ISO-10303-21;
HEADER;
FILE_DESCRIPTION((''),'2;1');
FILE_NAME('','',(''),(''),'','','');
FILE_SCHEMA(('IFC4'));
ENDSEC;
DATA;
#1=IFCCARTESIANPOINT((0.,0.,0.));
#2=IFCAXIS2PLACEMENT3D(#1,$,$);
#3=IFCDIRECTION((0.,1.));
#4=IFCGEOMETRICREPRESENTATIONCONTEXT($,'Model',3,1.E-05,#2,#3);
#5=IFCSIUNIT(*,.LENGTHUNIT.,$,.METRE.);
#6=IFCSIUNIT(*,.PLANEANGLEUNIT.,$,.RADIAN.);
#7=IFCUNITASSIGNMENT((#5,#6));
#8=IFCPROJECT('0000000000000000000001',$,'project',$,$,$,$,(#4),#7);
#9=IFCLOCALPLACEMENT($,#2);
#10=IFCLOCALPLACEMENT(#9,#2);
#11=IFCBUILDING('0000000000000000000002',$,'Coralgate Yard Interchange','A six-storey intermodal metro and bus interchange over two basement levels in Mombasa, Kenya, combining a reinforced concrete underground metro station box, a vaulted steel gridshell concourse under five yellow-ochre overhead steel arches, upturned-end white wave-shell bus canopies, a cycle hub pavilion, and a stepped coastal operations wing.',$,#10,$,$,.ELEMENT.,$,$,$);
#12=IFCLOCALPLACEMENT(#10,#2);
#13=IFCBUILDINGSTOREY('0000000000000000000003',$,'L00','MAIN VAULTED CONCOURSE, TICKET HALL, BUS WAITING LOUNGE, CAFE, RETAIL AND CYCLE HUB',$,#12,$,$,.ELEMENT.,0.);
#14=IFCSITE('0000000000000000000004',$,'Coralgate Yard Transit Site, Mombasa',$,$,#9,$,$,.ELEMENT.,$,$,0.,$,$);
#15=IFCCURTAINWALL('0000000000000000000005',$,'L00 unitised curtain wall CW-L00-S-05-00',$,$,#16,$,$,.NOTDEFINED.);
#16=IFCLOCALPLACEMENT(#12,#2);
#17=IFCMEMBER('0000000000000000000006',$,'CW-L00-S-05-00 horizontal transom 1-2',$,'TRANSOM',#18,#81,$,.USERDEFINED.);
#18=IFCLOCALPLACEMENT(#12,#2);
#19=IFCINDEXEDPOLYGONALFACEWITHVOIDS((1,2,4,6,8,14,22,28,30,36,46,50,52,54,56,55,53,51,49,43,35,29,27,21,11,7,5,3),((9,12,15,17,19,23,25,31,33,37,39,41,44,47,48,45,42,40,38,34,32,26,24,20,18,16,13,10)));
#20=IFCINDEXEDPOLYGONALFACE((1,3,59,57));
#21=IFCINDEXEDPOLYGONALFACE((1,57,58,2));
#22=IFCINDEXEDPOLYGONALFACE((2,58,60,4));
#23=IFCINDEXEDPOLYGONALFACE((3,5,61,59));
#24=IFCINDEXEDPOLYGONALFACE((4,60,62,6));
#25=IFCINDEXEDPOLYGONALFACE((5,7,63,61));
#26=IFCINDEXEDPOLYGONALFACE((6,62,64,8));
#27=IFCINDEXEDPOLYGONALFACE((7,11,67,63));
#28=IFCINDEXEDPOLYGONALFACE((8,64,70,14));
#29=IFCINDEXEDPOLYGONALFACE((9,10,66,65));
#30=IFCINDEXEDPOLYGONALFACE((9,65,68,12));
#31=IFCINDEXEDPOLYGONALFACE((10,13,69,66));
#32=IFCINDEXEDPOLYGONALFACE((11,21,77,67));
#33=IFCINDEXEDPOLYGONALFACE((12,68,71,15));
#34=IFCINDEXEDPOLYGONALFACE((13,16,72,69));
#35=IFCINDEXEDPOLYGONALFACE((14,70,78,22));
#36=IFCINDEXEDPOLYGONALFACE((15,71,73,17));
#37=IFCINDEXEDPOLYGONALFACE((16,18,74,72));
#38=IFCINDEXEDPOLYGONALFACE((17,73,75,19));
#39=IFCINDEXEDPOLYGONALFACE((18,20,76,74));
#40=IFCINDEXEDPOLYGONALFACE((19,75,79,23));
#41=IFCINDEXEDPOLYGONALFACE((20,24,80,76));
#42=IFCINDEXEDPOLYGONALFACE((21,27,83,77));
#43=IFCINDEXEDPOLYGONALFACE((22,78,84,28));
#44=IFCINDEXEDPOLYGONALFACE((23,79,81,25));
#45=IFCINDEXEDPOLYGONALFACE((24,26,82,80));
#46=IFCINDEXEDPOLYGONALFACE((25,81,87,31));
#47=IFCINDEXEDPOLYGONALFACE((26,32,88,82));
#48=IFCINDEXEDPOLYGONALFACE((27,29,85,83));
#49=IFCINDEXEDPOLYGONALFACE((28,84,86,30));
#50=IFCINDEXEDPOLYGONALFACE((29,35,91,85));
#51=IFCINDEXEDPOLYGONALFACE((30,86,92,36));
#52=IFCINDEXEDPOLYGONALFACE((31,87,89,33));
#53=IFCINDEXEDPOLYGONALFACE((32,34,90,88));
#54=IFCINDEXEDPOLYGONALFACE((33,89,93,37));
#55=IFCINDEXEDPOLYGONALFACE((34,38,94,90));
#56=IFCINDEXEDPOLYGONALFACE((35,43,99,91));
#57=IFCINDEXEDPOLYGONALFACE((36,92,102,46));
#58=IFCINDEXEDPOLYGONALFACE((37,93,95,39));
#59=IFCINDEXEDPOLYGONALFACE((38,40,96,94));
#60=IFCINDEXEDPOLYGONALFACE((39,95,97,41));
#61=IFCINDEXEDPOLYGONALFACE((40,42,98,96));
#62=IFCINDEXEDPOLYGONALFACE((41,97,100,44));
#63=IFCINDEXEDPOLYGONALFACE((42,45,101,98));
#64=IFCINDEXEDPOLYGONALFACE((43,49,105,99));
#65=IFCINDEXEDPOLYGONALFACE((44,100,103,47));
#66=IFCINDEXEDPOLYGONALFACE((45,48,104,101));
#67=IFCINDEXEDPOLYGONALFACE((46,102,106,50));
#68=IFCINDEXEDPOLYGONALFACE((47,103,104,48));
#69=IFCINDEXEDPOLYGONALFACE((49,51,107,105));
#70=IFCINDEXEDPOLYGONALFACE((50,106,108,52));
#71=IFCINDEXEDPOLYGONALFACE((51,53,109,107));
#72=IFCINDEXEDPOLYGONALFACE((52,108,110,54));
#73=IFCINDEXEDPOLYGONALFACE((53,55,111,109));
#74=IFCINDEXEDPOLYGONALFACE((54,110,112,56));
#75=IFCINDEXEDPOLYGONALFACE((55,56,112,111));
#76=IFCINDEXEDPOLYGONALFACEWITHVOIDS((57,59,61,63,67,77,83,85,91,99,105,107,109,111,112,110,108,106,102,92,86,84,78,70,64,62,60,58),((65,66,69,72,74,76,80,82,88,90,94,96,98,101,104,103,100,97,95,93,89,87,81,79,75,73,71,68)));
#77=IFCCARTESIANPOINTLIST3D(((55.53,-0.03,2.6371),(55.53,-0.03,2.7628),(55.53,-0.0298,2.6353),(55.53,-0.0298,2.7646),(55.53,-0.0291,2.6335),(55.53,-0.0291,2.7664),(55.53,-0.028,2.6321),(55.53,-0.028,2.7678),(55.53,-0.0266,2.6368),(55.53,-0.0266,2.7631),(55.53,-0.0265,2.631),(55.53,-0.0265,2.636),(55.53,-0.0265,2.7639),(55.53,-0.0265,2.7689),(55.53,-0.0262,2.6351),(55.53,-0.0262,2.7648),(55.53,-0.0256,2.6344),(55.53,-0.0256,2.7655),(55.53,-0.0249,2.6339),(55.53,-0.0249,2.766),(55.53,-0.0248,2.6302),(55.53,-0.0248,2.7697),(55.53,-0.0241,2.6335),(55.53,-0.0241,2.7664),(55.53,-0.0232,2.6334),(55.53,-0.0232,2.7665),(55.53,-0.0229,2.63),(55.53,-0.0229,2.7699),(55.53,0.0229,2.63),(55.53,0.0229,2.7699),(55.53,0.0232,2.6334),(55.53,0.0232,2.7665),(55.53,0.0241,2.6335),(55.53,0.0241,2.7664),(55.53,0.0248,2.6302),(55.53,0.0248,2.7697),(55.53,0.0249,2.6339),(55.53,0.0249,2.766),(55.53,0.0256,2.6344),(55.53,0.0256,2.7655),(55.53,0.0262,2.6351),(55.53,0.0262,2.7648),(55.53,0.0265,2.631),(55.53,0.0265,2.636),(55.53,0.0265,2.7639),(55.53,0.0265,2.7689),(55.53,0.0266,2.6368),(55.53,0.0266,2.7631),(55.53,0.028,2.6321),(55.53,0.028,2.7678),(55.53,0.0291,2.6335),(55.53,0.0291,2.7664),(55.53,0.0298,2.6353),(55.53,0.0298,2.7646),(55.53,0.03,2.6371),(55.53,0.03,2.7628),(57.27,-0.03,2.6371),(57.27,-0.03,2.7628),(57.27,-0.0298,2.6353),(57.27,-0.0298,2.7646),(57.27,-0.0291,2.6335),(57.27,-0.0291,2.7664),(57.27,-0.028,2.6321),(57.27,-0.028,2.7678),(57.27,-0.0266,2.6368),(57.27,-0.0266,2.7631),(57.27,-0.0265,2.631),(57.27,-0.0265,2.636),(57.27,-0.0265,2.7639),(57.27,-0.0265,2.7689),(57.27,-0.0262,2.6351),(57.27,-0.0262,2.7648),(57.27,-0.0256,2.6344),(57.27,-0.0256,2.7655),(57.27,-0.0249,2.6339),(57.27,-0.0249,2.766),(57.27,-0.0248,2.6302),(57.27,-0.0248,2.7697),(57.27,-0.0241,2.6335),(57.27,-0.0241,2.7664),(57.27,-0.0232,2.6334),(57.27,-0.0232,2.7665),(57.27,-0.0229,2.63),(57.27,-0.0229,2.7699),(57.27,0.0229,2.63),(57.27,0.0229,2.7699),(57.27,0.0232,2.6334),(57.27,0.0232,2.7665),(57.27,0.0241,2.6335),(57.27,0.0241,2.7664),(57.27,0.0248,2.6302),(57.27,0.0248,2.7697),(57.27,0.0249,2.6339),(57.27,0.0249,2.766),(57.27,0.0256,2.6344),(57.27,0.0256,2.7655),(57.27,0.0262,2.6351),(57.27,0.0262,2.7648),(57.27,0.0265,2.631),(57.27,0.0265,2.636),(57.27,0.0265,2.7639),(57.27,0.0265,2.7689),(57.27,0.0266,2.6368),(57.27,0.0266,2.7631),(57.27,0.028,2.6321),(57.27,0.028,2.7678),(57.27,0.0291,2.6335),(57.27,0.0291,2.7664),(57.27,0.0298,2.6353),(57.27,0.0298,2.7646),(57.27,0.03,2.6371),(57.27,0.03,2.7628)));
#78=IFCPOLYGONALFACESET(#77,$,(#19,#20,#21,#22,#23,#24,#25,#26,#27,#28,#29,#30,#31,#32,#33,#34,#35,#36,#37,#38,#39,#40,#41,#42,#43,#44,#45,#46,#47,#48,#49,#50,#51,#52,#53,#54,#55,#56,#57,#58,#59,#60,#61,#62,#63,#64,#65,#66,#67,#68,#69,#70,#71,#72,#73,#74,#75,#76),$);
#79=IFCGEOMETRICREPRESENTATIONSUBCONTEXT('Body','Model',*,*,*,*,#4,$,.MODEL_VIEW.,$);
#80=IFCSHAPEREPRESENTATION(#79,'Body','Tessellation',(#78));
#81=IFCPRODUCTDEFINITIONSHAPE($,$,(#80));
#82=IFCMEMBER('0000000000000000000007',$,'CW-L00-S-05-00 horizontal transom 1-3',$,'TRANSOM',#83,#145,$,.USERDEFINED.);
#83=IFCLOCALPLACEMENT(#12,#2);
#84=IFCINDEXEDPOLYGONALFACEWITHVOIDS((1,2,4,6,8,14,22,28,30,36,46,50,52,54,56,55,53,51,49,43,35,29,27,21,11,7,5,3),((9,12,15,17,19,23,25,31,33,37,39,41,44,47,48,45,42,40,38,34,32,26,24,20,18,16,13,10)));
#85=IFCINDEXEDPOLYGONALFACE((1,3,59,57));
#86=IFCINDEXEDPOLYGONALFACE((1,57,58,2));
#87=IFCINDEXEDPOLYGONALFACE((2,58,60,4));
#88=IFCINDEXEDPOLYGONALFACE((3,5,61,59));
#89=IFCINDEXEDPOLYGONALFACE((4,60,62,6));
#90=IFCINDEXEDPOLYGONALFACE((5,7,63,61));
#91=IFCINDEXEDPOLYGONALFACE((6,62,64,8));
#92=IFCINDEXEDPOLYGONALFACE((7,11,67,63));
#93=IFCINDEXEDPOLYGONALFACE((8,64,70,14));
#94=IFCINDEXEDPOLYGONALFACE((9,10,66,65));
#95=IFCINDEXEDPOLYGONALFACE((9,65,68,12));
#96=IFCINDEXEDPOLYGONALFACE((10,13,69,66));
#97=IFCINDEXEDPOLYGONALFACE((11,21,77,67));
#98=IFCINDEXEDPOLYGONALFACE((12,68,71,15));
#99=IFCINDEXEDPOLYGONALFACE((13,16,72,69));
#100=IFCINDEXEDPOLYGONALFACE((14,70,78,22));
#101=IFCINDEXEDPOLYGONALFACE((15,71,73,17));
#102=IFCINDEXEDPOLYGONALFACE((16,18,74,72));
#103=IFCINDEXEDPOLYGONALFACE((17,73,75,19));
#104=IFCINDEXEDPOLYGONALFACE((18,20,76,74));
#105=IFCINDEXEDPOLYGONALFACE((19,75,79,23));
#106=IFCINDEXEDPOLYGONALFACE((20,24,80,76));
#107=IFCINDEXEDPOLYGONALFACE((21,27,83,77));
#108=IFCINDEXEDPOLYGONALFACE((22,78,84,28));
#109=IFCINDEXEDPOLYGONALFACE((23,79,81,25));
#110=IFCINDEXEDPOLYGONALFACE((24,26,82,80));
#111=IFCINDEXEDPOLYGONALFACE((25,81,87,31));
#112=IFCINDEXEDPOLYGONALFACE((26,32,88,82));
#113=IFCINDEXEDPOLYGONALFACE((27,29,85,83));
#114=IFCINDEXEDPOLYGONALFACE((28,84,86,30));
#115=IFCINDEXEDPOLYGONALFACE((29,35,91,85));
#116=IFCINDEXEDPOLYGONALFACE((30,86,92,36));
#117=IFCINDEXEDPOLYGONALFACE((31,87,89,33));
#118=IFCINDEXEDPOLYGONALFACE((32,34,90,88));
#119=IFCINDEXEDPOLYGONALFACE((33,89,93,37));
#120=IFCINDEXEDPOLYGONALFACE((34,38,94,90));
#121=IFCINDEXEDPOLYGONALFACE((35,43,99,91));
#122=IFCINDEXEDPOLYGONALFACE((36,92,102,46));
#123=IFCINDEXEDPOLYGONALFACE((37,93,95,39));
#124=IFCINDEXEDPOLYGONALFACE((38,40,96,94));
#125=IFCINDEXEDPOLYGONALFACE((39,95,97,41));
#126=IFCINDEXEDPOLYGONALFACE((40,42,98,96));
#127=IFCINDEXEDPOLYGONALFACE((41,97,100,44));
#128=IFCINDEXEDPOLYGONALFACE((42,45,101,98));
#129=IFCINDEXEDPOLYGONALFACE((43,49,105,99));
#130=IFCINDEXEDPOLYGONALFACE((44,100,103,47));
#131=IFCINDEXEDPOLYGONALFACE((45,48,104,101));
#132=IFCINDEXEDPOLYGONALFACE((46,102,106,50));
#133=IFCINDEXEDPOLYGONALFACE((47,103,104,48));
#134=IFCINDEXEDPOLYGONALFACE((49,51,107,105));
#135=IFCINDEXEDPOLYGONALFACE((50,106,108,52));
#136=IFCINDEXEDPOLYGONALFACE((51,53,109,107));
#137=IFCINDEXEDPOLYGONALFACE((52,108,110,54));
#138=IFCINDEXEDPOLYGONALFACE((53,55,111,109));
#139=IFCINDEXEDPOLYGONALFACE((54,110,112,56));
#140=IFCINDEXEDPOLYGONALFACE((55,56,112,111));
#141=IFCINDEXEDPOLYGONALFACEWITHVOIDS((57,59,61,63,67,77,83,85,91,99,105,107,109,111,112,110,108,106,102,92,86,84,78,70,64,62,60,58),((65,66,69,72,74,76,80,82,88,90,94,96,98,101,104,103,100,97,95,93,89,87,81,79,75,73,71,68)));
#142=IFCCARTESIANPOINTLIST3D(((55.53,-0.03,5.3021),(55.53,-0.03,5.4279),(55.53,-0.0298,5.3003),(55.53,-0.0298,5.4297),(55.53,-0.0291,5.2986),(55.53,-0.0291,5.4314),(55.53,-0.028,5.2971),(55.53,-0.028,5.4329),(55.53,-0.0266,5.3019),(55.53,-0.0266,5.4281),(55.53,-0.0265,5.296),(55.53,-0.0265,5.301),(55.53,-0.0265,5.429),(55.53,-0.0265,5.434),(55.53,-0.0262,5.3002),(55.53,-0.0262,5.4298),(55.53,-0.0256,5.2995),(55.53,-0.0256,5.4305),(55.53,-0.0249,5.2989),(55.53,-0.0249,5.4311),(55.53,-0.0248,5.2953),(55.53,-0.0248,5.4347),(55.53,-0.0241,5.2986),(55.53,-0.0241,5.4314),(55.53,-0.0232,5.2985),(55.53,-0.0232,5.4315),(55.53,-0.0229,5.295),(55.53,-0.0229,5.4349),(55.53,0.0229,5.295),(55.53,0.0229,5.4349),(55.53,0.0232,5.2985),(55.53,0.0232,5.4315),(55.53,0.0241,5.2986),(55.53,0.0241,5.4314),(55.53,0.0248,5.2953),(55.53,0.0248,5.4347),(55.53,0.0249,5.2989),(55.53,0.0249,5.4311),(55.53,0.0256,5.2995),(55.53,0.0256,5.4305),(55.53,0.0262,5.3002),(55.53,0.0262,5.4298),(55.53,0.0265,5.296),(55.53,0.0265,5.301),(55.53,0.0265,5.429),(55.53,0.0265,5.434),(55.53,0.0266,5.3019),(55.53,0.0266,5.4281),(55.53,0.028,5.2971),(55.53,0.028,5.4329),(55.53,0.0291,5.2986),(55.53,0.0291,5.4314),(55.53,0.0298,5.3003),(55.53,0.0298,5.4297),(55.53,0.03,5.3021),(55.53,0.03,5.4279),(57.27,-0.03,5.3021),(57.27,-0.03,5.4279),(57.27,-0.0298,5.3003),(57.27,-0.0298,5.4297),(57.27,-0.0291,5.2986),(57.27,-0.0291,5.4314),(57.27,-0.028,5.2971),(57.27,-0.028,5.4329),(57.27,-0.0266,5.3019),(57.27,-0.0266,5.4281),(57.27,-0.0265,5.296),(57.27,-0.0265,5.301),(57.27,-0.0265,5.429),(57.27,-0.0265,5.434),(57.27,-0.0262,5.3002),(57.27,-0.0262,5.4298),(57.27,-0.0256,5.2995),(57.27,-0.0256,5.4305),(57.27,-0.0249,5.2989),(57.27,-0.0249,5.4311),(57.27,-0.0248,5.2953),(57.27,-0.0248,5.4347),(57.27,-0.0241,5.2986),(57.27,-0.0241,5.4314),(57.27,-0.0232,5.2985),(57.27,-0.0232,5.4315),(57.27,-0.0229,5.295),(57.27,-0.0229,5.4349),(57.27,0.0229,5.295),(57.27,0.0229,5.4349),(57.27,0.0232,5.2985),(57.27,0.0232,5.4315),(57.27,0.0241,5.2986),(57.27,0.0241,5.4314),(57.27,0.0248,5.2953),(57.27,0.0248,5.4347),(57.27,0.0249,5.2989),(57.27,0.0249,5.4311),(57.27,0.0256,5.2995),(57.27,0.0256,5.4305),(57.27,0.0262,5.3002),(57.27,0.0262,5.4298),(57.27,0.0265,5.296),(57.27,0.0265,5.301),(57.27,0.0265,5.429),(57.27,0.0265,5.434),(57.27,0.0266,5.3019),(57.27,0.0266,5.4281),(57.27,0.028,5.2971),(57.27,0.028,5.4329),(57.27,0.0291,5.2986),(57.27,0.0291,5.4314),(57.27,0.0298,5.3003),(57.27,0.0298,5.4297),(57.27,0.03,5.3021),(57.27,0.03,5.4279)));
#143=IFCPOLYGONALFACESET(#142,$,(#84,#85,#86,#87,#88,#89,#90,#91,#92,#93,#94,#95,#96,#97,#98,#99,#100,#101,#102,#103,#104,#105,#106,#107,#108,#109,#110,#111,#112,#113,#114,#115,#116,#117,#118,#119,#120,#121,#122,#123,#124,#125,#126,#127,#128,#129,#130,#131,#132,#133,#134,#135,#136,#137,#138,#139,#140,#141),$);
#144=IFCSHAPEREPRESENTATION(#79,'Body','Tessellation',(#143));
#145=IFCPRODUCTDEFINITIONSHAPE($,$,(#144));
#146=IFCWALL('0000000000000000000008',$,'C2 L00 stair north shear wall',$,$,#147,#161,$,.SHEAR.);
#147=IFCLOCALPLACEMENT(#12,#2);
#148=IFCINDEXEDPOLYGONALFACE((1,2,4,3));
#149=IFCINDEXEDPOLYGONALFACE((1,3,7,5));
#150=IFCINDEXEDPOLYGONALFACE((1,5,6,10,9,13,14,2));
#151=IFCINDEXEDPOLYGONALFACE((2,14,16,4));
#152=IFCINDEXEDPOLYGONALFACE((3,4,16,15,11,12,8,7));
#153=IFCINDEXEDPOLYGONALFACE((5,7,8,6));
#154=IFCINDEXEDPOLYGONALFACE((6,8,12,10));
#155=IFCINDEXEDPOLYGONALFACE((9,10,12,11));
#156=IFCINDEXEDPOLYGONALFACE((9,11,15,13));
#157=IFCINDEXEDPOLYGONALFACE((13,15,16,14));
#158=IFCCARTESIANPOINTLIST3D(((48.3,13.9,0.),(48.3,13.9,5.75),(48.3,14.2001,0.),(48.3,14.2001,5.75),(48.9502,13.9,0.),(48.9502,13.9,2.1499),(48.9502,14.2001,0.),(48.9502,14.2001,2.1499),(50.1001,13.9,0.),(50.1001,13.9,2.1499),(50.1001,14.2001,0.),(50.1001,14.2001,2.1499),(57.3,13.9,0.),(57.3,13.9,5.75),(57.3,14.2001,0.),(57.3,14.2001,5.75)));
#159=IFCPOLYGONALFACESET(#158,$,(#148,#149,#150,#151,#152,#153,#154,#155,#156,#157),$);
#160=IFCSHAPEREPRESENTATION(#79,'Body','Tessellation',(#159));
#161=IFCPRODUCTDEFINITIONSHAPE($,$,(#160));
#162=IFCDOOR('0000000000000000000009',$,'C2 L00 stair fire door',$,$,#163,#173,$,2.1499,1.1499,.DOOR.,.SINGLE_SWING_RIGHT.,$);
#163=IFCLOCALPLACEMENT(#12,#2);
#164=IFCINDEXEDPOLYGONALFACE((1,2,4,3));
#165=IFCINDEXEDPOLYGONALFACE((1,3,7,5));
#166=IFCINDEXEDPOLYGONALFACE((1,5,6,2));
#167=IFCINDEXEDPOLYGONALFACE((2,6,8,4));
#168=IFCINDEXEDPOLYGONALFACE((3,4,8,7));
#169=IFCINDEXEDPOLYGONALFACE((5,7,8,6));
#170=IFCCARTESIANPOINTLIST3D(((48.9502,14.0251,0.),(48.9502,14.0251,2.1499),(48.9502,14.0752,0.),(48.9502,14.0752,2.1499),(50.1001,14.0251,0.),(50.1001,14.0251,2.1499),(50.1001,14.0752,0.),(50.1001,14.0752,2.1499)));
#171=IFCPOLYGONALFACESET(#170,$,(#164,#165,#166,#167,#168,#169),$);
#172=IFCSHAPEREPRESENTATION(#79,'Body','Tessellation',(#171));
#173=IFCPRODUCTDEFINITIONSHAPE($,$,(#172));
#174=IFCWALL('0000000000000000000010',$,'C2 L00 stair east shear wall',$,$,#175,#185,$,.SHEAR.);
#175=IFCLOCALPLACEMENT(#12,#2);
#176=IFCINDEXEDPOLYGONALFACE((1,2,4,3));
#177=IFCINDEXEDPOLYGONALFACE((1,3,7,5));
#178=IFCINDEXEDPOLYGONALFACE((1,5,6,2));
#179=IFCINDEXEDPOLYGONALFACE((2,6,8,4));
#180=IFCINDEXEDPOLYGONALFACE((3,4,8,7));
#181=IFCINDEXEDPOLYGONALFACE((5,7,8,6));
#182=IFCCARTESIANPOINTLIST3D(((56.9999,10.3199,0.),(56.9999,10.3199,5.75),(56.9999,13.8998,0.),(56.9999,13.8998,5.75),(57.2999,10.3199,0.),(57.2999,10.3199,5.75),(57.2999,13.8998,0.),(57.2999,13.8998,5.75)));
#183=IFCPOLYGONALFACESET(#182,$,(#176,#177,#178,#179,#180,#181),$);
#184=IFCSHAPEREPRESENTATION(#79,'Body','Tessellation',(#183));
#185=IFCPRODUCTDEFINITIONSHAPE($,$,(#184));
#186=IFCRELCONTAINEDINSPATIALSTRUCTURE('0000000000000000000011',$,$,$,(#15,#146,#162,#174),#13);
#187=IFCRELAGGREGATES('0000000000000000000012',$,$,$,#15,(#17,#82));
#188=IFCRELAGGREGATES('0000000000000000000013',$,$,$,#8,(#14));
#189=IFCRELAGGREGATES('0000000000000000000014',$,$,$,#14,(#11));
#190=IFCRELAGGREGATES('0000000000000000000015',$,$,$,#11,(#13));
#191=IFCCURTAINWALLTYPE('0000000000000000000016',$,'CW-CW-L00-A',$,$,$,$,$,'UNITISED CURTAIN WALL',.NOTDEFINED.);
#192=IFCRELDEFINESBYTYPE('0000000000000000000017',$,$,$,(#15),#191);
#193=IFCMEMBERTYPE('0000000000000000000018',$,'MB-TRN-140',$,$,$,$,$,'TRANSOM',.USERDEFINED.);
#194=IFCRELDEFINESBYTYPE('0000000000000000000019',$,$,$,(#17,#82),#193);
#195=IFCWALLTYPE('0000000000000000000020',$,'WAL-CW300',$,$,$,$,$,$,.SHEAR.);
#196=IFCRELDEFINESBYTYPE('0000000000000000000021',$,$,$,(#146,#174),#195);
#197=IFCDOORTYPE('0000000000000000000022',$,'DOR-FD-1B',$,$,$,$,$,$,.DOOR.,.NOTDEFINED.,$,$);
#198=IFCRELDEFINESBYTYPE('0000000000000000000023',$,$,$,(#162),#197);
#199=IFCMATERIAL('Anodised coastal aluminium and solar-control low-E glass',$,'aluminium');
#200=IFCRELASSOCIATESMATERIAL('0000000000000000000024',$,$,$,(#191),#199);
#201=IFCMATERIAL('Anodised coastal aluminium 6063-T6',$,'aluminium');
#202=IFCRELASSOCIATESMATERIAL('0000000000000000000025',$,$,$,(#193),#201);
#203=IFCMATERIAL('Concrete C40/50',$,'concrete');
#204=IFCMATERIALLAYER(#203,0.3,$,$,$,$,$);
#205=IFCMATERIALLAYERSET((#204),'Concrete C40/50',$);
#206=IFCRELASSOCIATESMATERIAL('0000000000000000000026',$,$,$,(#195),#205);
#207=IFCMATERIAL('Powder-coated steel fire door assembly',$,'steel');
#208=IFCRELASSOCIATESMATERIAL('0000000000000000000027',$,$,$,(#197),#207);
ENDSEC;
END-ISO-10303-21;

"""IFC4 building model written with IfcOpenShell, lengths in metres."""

from ifc_helpers import new_model, si_unit, direction, frame, frame_2d, origin, origin_2d, place, context, subcontext, project, spatial, rectangle, hollow_rectangle, extrude, material, layer, layer_set, material_profile, profile_set, type_object, element, fill, aggregate, save


model = new_model("IFC4")

# Units and contexts
model_context = context("Model", 3, precision=1e-05, world=origin(), true_north=direction((0.0, 1.0)))
body_context = subcontext(model_context, "Body", "Model", "MODEL_VIEW")
ifc_project = project(units=[si_unit("LENGTHUNIT", "METRE"), si_unit("PLANEANGLEUNIT", "RADIAN")], contexts=[model_context])

# Site, building, storey
site_placement = place(None, origin())
site = spatial("IfcSite", under=ifc_project, at=site_placement, Name="Coralgate Yard Transit Site, Mombasa", CompositionType="ELEMENT", RefElevation=0.0)
building_placement = place(site_placement, origin())
building = spatial("IfcBuilding", under=site, at=building_placement, Name="Coralgate Yard Interchange", Description="A six-storey intermodal metro and bus interchange over two basement levels in Mombasa, Kenya, combining a reinforced concrete underground metro station box, a vaulted steel gridshell concourse under five yellow-ochre overhead steel arches, upturned-end white wave-shell bus canopies, a cycle hub pavilion, and a stepped coastal operations wing.", CompositionType="ELEMENT")
storey_placement = place(building_placement, origin())
storey = spatial("IfcBuildingStorey", under=building, at=storey_placement, Name="L00", Description="MAIN VAULTED CONCOURSE, TICKET HALL, BUS WAITING LOUNGE, CAFE, RETAIL AND CYCLE HUB", CompositionType="ELEMENT", Elevation=0.0)

# Shared definitions
ifc_material_1 = material(Name="Concrete C40/50", Category="concrete")

# Curtain wall, members
ifc_material_2 = material(Name="Anodised coastal aluminium and solar-control low-E glass", Category="aluminium")
curtain_wall_type = type_object("IfcCurtainWallType", Name="CW-CW-L00-A", ElementType="UNITISED CURTAIN WALL", PredefinedType="NOTDEFINED", material=ifc_material_2)
curtain_wall_placement = place(storey_placement, origin())
curtain_wall = element("IfcCurtainWall", 1, at=curtain_wall_placement, inside=storey, type_object=curtain_wall_type, Name="L00 unitised curtain wall CW-L00-S-05-00", PredefinedType="NOTDEFINED")
ifc_material_3 = material(Name="Anodised coastal aluminium 6063-T6", Category="aluminium")
ifc_material_profile_1 = material_profile(ifc_material_3, hollow_rectangle(XDim=0.0601, YDim=0.1399, WallThickness=0.0034, InnerFilletRadius=0.0034, OuterFilletRadius=0.0071, at=origin_2d()), Name="ALU 60x140x3.5")
ifc_profile_set_1 = profile_set([ifc_material_profile_1], Name="Anodised coastal aluminium 6063-T6")
member_type_1 = type_object("IfcMemberType", Name="MB-TRN-140", ElementType="TRANSOM", PredefinedType="USERDEFINED", material=ifc_profile_set_1)
member_1_placement = place(storey_placement, frame((57.27, 0.0, 2.7), z_axis=(-1.0, 0.0, 0.0), x_axis=(0.0, -1.0, 0.0)))
member_1 = element("IfcMember", 2, at=member_1_placement, type_object=member_type_1, Name="CW-L00-S-05-00 horizontal transom 1-2", ObjectType="TRANSOM", PredefinedType="USERDEFINED", context=body_context, shape_type="SweptSolid", body=[
    extrude(hollow_rectangle(XDim=0.0601, YDim=0.1399, WallThickness=0.0034, InnerFilletRadius=0.0034, OuterFilletRadius=0.0071, at=origin_2d()), origin(), (0.0, 0.0, 1.0), 1.74),
])
member_2_placement = place(storey_placement, frame((57.27, 0.0, 5.365), z_axis=(-1.0, 0.0, 0.0), x_axis=(0.0, -1.0, 0.0)))
member_2 = element("IfcMember", 3, at=member_2_placement, type_object=member_type_1, Name="CW-L00-S-05-00 horizontal transom 1-3", ObjectType="TRANSOM", PredefinedType="USERDEFINED", context=body_context, shape_type="SweptSolid", body=[
    extrude(hollow_rectangle(XDim=0.0601, YDim=0.1399, WallThickness=0.0034, InnerFilletRadius=0.0034, OuterFilletRadius=0.0071, at=origin_2d()), origin(), (0.0, 0.0, 1.0), 1.74),
])
aggregate(curtain_wall, [member_1, member_2])

# Wall, opening, door
ifc_layer_1 = layer(ifc_material_1, 0.3)
ifc_layer_set_1 = layer_set([ifc_layer_1], Name="Concrete C40/50")
wall_type_1 = type_object("IfcWallType", Name="WAL-CW300", PredefinedType="SHEAR", material=ifc_layer_set_1)
wall_1_placement = place(storey_placement, frame((57.3, 14.05, 0.0), z_axis=(0.0, 0.0, 1.0), x_axis=(-1.0, 0.0, 0.0)))
wall_1 = element("IfcWall", 4, at=wall_1_placement, inside=storey, type_object=wall_type_1, Name="C2 L00 stair north shear wall", PredefinedType="SHEAR", context=body_context, shape_type="SweptSolid", body=[
    extrude(rectangle(XDim=9.0, YDim=0.3, at=frame_2d((4.5, 0.0))), origin(), (0.0, 0.0, 1.0), 5.75),
])
opening_1_placement = place(wall_1_placement, frame((7.2, 0.0, 0.0)))
opening_1 = element("IfcOpeningElement", 5, at=opening_1_placement, cuts=wall_1, PredefinedType="OPENING", context=body_context, shape_type="SweptSolid", body=[
    extrude(rectangle(XDim=1.1499, YDim=2.1499, at=frame_2d((0.575, 1.075))), frame((0.0, 0.1599, 0.0), z_axis=(0.0, -1.0, 0.0), x_axis=(1.0, 0.0, 0.0)), (0.0, 0.0, 1.0), 0.3201),
])
ifc_material_4 = material(Name="Powder-coated steel fire door assembly", Category="steel")
door_type_1 = type_object("IfcDoorType", Name="DOR-FD-1B", OperationType="NOTDEFINED", PredefinedType="DOOR", material=ifc_material_4)
door_1_placement = place(opening_1_placement, origin())
door_1 = element("IfcDoor", 6, at=door_1_placement, inside=storey, type_object=door_type_1, Name="C2 L00 stair fire door", OperationType="SINGLE_SWING_RIGHT", OverallHeight=2.1499, OverallWidth=1.1499, PredefinedType="DOOR", context=body_context, shape_type="SweptSolid", body=[
    extrude(rectangle(XDim=1.1499, YDim=2.1499, at=frame_2d((0.575, 1.075))), frame((0.0, 0.0249, 0.0), z_axis=(0.0, -1.0, 0.0), x_axis=(1.0, 0.0, 0.0)), (0.0, 0.0, 1.0), 0.05),
])
fill(opening_1, door_1)

# Wall
wall_2_placement = place(storey_placement, frame((57.1499, 13.8999, 0.0), z_axis=(0.0, 0.0, 1.0), x_axis=(0.0, -1.0, 0.0)))
element("IfcWall", 7, at=wall_2_placement, inside=storey, type_object=wall_type_1, Name="C2 L00 stair east shear wall", PredefinedType="SHEAR", context=body_context, shape_type="SweptSolid", body=[
    extrude(rectangle(XDim=3.5798, YDim=0.3, at=frame_2d((1.79, 0.0))), origin(), (0.0, 0.0, 1.0), 5.75),
])

save(model, "model.ifc")
